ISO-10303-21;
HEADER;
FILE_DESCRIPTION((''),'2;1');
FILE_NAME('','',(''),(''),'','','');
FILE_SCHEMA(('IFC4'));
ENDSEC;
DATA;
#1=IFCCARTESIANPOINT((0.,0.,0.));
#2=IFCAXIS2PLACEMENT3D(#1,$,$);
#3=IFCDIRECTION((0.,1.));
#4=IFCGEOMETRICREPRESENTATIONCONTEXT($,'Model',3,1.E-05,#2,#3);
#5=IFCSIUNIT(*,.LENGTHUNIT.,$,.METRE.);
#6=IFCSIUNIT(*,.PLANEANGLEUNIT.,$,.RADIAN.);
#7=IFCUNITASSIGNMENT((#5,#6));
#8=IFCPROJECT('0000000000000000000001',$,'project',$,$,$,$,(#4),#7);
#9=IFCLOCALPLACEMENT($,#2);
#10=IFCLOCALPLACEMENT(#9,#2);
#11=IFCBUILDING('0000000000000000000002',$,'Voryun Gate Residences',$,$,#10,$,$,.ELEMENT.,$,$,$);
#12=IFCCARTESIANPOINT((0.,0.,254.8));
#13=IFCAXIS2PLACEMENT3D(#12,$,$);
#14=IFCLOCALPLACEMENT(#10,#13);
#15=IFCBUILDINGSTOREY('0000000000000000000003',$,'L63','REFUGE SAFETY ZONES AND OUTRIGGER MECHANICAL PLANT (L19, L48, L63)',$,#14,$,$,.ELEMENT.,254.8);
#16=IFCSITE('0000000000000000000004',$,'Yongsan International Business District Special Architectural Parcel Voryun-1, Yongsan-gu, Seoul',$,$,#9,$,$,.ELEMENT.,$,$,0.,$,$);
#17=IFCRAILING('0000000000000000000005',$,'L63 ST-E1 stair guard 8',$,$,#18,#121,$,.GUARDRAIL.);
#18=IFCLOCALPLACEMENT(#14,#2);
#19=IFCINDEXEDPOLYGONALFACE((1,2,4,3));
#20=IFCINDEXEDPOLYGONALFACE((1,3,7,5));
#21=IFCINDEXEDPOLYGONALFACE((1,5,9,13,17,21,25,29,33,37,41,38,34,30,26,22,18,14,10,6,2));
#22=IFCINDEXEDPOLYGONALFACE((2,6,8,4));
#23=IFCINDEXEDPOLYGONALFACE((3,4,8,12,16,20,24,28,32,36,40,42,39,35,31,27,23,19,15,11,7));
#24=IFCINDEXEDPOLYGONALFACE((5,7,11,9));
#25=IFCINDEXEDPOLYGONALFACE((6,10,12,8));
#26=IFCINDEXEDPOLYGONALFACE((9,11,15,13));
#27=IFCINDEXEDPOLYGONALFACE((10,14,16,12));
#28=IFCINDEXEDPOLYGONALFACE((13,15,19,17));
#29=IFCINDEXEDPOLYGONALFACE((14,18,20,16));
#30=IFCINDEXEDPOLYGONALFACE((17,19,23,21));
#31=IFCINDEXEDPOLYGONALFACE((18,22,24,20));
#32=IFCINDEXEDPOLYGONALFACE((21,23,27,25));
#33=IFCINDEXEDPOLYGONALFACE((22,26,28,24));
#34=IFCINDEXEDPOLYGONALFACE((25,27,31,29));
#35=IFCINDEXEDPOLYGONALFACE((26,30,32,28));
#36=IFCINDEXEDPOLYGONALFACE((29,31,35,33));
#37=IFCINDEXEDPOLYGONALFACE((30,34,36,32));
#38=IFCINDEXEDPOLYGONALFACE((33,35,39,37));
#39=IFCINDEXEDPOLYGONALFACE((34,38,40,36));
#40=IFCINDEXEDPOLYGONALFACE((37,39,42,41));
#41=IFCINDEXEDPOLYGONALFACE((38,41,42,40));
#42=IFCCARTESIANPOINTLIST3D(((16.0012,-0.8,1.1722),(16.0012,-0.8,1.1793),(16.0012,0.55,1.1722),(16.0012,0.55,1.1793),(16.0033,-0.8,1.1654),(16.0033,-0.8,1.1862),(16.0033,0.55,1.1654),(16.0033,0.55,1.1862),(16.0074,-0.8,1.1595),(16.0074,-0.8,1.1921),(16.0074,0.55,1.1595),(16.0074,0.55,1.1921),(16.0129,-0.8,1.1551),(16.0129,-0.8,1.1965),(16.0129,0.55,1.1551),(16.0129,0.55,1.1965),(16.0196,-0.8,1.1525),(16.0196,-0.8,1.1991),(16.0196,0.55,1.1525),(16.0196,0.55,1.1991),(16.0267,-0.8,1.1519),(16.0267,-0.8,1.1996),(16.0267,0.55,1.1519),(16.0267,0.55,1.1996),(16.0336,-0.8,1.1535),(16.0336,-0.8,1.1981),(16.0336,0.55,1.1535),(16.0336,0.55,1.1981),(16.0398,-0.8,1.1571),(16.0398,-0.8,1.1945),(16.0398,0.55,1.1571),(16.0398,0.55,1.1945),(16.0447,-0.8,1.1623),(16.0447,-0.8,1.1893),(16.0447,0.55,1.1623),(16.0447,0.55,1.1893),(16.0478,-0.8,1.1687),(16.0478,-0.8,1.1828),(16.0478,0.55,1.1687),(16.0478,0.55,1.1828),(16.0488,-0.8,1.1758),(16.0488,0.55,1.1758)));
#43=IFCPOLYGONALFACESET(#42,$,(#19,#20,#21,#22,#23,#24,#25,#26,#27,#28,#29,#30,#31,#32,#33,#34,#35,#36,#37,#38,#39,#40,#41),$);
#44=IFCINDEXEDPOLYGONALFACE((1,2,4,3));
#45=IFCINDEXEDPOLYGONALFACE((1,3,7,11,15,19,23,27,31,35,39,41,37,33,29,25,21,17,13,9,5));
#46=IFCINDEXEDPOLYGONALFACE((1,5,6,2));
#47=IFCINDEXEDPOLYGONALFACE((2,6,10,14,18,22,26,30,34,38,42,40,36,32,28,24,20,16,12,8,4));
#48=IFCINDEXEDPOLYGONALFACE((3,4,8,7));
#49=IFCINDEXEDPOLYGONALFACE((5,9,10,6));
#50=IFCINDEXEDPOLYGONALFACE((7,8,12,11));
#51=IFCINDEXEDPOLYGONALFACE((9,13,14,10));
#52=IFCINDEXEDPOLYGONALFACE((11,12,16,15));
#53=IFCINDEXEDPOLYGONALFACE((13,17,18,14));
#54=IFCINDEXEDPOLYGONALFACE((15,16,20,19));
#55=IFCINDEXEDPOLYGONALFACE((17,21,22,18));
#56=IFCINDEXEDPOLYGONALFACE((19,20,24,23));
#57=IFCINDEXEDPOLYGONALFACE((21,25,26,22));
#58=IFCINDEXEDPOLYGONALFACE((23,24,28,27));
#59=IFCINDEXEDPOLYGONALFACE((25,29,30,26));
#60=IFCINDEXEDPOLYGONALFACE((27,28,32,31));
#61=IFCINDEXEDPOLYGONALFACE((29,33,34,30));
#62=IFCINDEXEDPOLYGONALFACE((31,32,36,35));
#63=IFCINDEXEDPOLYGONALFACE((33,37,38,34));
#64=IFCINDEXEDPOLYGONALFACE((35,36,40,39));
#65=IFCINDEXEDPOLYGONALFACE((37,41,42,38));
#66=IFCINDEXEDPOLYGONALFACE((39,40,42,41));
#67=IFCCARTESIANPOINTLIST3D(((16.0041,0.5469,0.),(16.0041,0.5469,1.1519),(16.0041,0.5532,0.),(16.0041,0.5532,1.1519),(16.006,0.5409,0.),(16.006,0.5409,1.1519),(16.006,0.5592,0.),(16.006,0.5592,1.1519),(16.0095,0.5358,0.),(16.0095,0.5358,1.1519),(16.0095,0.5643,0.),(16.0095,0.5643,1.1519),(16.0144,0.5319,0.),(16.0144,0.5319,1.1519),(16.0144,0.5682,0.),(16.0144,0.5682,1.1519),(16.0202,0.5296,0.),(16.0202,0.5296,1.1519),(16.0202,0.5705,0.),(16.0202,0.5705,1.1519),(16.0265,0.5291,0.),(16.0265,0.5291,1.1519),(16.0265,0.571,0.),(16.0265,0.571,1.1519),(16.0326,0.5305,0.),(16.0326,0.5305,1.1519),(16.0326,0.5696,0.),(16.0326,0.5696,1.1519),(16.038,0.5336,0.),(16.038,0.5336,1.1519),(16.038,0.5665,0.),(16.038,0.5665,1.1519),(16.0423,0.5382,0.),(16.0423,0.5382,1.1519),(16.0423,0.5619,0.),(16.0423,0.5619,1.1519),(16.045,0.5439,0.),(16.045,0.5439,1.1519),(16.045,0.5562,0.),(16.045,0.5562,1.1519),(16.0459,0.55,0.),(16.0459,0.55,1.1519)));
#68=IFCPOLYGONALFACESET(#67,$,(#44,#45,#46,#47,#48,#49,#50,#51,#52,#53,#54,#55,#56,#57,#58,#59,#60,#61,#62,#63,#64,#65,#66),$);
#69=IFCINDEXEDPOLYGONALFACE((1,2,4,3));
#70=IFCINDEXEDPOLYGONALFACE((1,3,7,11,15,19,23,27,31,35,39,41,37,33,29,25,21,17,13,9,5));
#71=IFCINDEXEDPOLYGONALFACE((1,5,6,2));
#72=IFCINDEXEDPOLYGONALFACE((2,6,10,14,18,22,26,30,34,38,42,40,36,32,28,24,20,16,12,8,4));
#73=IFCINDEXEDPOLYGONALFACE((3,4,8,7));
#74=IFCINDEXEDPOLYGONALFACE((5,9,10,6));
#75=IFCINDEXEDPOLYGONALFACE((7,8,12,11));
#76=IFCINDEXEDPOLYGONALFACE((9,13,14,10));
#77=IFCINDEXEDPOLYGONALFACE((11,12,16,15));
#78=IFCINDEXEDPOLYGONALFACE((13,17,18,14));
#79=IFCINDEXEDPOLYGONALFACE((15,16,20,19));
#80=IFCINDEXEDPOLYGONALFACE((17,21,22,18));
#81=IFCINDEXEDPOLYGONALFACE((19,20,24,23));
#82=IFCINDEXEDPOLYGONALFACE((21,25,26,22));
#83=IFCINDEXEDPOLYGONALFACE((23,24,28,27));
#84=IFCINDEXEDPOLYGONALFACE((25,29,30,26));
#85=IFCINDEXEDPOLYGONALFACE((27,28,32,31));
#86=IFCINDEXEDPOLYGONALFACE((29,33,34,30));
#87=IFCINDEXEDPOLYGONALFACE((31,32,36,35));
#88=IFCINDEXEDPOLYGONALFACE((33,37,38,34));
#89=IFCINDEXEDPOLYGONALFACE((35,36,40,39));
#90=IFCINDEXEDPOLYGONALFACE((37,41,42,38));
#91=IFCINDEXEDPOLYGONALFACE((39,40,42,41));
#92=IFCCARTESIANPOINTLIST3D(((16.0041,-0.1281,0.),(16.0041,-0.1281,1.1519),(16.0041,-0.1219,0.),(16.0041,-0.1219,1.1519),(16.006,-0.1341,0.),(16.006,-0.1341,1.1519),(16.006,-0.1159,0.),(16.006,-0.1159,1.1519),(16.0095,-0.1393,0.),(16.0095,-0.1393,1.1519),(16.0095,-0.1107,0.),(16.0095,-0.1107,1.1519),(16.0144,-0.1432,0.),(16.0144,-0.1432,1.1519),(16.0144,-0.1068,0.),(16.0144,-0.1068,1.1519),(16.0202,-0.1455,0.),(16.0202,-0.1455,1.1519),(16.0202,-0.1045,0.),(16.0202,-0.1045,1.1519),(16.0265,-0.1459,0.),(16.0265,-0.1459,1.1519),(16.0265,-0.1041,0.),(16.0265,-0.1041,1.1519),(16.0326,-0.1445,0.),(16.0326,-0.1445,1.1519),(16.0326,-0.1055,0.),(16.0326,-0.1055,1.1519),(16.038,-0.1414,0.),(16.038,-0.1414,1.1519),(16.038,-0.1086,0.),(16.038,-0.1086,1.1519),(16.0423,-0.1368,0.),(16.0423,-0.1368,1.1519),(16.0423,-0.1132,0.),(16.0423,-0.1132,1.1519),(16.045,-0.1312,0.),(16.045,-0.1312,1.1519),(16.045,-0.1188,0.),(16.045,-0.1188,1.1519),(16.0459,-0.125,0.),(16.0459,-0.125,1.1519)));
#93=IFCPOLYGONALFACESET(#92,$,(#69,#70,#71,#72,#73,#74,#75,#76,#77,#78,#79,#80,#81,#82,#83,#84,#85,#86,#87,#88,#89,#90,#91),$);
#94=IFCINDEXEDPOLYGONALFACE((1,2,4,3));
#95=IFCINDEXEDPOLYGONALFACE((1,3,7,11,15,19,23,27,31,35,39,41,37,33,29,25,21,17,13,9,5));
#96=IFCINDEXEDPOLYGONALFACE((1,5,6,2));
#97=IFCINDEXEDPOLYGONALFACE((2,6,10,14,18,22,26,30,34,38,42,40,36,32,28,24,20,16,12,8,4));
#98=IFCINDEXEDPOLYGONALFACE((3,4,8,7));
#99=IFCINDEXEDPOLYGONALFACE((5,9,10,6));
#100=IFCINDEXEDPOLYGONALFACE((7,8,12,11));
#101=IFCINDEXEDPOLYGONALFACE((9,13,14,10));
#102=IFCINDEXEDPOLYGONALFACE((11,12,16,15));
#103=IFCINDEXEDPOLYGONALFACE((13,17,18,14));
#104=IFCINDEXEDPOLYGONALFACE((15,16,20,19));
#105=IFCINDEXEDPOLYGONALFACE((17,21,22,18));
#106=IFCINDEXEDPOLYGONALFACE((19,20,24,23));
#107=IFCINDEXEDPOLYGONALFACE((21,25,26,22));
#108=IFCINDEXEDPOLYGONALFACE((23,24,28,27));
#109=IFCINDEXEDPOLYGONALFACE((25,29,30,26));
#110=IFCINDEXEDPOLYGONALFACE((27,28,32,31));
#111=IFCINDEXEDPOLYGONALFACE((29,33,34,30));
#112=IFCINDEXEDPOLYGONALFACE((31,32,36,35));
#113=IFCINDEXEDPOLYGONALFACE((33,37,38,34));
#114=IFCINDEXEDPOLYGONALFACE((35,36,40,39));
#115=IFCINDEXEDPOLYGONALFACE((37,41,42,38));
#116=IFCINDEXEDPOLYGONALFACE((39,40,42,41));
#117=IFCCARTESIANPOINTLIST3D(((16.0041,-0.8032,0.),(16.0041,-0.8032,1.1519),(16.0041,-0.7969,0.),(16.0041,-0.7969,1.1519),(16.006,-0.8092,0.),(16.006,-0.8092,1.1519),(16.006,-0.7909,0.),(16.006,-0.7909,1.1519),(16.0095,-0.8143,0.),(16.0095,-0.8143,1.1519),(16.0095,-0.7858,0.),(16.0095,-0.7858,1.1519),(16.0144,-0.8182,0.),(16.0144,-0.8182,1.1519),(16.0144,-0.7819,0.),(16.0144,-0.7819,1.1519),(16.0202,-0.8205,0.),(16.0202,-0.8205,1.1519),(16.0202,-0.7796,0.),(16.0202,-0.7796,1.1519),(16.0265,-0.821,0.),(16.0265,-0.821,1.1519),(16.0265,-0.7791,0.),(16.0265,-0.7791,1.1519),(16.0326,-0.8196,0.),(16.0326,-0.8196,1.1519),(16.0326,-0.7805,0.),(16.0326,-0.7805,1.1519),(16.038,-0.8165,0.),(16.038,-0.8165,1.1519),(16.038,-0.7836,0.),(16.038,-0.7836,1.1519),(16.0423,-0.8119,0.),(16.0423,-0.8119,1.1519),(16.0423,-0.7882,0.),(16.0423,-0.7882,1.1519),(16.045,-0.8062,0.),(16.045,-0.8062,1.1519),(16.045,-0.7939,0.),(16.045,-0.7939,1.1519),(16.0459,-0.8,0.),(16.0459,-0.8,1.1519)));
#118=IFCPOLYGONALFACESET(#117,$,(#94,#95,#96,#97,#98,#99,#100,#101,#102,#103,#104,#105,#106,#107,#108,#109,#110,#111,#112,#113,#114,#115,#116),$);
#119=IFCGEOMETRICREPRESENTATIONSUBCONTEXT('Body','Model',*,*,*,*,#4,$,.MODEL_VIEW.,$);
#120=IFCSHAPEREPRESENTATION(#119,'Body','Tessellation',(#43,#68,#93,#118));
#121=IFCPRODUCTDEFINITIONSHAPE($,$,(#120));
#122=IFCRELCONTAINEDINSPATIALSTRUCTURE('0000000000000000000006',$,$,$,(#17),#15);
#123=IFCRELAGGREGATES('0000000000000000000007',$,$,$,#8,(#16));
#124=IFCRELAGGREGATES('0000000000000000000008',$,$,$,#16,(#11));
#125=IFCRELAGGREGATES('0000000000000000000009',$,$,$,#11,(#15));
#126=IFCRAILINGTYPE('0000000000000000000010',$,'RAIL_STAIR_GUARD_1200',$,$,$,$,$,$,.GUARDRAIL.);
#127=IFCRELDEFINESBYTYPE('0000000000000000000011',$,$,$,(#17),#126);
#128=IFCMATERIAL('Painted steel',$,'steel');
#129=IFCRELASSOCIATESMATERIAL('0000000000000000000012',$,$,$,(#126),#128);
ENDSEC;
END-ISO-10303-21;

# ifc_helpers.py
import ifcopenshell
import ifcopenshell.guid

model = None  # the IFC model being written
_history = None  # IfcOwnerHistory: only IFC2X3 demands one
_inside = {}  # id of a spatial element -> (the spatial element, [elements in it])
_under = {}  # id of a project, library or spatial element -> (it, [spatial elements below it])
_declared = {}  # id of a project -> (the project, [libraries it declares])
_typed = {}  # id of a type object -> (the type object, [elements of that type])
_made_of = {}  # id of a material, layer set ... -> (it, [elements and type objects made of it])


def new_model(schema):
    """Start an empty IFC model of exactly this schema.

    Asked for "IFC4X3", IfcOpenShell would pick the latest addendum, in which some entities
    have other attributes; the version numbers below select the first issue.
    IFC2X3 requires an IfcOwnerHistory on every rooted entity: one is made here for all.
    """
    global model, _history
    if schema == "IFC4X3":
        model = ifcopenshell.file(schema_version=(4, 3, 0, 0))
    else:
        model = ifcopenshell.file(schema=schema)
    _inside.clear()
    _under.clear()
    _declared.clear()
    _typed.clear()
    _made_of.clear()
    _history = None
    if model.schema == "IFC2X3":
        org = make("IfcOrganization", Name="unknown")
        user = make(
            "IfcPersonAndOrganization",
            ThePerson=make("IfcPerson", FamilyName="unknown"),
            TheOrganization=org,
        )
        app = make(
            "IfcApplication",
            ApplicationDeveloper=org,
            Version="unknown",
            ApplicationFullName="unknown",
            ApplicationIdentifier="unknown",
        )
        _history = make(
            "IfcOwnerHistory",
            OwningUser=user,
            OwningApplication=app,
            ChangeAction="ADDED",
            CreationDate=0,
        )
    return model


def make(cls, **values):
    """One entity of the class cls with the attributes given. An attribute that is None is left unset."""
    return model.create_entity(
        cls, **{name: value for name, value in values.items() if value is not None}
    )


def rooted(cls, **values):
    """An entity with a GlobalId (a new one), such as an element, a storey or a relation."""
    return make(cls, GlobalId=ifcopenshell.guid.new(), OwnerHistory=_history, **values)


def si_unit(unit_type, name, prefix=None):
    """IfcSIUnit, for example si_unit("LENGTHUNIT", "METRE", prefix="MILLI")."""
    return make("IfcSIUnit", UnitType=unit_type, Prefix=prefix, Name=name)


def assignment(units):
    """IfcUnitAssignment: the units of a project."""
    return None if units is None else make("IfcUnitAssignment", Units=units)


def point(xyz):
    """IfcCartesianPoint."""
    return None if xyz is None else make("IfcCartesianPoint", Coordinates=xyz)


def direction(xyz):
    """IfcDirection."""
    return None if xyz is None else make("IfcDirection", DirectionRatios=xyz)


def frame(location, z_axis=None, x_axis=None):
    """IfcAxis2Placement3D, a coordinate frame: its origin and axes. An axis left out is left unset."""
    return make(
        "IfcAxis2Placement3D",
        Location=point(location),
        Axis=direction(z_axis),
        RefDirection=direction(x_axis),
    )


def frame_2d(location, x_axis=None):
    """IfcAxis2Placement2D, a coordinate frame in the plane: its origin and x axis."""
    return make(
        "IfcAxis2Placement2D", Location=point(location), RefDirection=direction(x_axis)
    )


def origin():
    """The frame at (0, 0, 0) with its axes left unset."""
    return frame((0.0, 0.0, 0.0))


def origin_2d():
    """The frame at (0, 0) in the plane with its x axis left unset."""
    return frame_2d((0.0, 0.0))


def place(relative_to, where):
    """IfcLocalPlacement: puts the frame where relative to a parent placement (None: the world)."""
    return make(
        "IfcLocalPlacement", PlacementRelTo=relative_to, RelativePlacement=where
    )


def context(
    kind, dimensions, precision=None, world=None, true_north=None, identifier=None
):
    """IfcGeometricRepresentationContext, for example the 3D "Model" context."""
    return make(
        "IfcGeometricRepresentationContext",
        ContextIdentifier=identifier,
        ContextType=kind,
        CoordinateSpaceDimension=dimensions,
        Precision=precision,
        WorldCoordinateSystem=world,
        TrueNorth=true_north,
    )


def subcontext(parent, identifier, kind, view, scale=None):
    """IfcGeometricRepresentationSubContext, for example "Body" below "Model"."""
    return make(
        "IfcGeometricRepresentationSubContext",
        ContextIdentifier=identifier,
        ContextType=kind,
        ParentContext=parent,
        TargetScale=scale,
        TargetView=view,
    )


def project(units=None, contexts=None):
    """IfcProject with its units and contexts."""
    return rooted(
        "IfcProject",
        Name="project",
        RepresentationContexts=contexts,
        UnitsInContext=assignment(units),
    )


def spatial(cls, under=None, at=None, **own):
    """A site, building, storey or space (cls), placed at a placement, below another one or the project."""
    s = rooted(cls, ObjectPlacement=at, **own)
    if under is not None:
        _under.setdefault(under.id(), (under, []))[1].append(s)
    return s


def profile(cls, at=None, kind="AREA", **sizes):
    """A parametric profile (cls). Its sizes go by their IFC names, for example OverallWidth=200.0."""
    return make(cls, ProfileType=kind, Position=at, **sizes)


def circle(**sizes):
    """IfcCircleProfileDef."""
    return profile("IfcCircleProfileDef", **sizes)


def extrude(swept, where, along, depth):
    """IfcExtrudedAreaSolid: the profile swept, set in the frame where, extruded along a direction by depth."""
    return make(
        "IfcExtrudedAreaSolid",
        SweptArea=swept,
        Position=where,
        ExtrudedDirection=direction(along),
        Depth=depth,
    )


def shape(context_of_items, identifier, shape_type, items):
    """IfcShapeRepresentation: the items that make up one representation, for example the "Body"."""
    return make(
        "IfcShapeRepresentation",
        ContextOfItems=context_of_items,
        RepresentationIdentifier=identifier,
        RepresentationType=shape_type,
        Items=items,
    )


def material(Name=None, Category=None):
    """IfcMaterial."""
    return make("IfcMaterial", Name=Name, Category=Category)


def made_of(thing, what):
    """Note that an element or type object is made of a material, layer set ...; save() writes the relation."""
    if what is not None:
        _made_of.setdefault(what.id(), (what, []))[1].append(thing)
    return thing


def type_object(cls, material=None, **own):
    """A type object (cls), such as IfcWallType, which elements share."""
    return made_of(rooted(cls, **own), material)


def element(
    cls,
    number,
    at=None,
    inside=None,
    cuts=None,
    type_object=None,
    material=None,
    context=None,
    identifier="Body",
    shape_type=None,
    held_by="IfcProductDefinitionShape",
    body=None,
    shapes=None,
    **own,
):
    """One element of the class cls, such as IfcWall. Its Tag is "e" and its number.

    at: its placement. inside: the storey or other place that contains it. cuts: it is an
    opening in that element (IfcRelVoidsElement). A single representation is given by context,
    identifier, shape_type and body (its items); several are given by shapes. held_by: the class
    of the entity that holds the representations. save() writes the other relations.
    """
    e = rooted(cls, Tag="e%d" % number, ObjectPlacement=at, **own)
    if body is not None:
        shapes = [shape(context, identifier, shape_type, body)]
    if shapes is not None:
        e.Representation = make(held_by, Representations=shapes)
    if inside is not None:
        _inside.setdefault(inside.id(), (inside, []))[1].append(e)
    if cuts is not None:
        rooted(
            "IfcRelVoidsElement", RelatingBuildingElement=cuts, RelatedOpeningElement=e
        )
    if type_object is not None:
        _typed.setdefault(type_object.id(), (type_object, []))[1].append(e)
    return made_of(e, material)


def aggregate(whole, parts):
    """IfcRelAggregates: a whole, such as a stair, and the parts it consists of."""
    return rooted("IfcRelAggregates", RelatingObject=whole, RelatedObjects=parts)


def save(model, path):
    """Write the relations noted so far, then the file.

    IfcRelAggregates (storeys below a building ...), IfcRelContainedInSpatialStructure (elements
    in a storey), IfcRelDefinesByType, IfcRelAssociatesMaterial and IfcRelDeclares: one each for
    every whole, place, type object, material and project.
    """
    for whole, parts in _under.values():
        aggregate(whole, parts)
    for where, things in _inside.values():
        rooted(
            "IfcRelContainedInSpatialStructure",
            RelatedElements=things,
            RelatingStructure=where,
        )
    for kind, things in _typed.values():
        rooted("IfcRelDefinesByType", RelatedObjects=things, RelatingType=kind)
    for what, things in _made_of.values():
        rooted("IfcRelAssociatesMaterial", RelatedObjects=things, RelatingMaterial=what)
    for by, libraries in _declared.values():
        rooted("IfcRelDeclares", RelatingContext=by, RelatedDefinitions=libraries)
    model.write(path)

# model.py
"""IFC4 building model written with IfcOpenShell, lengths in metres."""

from ifc_helpers import new_model, si_unit, direction, frame, origin, origin_2d, place, context, subcontext, project, spatial, circle, extrude, material, type_object, element, save


model = new_model("IFC4")

# Units and contexts
model_context = context("Model", 3, precision=1e-05, world=origin(), true_north=direction((0.0, 1.0)))
body_context = subcontext(model_context, "Body", "Model", "MODEL_VIEW")
ifc_project = project(units=[si_unit("LENGTHUNIT", "METRE"), si_unit("PLANEANGLEUNIT", "RADIAN")], contexts=[model_context])

# Site, building, storey
site_placement = place(None, origin())
site = spatial("IfcSite", under=ifc_project, at=site_placement, Name="Yongsan International Business District Special Architectural Parcel Voryun-1, Yongsan-gu, Seoul", CompositionType="ELEMENT", RefElevation=0.0)
building_placement = place(site_placement, origin())
building = spatial("IfcBuilding", under=site, at=building_placement, Name="Voryun Gate Residences", CompositionType="ELEMENT")
storey_placement = place(building_placement, frame((0.0, 0.0, 254.8)))
storey = spatial("IfcBuildingStorey", under=building, at=storey_placement, Name="L63", Description="REFUGE SAFETY ZONES AND OUTRIGGER MECHANICAL PLANT (L19, L48, L63)", CompositionType="ELEMENT", Elevation=254.8)

# Railing
ifc_material_1 = material(Name="Painted steel", Category="steel")
railing_type_1 = type_object("IfcRailingType", Name="RAIL_STAIR_GUARD_1200", PredefinedType="GUARDRAIL", material=ifc_material_1)
railing_1_placement = place(storey_placement, frame((16.0249, 0.55, 0.0)))
element("IfcRailing", 1, at=railing_1_placement, inside=storey, type_object=railing_type_1, Name="L63 ST-E1 stair guard 8", PredefinedType="GUARDRAIL", context=body_context, shape_type="SweptSolid", body=[
    extrude(circle(Radius=0.0239, at=origin_2d()), frame((0.0, 0.0, 1.1758), z_axis=(0.0, -1.0, 0.0), x_axis=(1.0, 0.0, 0.0)), (0.0, 0.0, 1.0), 1.3501),
    extrude(circle(Radius=0.021, at=origin_2d()), origin(), (0.0, 0.0, 1.0), 1.1519),
    extrude(circle(Radius=0.021, at=origin_2d()), frame((0.0, -0.675, 0.0)), (0.0, 0.0, 1.0), 1.1519),
    extrude(circle(Radius=0.021, at=origin_2d()), frame((0.0, -1.3501, 0.0)), (0.0, 0.0, 1.0), 1.1519),
])

save(model, "model.ifc")
